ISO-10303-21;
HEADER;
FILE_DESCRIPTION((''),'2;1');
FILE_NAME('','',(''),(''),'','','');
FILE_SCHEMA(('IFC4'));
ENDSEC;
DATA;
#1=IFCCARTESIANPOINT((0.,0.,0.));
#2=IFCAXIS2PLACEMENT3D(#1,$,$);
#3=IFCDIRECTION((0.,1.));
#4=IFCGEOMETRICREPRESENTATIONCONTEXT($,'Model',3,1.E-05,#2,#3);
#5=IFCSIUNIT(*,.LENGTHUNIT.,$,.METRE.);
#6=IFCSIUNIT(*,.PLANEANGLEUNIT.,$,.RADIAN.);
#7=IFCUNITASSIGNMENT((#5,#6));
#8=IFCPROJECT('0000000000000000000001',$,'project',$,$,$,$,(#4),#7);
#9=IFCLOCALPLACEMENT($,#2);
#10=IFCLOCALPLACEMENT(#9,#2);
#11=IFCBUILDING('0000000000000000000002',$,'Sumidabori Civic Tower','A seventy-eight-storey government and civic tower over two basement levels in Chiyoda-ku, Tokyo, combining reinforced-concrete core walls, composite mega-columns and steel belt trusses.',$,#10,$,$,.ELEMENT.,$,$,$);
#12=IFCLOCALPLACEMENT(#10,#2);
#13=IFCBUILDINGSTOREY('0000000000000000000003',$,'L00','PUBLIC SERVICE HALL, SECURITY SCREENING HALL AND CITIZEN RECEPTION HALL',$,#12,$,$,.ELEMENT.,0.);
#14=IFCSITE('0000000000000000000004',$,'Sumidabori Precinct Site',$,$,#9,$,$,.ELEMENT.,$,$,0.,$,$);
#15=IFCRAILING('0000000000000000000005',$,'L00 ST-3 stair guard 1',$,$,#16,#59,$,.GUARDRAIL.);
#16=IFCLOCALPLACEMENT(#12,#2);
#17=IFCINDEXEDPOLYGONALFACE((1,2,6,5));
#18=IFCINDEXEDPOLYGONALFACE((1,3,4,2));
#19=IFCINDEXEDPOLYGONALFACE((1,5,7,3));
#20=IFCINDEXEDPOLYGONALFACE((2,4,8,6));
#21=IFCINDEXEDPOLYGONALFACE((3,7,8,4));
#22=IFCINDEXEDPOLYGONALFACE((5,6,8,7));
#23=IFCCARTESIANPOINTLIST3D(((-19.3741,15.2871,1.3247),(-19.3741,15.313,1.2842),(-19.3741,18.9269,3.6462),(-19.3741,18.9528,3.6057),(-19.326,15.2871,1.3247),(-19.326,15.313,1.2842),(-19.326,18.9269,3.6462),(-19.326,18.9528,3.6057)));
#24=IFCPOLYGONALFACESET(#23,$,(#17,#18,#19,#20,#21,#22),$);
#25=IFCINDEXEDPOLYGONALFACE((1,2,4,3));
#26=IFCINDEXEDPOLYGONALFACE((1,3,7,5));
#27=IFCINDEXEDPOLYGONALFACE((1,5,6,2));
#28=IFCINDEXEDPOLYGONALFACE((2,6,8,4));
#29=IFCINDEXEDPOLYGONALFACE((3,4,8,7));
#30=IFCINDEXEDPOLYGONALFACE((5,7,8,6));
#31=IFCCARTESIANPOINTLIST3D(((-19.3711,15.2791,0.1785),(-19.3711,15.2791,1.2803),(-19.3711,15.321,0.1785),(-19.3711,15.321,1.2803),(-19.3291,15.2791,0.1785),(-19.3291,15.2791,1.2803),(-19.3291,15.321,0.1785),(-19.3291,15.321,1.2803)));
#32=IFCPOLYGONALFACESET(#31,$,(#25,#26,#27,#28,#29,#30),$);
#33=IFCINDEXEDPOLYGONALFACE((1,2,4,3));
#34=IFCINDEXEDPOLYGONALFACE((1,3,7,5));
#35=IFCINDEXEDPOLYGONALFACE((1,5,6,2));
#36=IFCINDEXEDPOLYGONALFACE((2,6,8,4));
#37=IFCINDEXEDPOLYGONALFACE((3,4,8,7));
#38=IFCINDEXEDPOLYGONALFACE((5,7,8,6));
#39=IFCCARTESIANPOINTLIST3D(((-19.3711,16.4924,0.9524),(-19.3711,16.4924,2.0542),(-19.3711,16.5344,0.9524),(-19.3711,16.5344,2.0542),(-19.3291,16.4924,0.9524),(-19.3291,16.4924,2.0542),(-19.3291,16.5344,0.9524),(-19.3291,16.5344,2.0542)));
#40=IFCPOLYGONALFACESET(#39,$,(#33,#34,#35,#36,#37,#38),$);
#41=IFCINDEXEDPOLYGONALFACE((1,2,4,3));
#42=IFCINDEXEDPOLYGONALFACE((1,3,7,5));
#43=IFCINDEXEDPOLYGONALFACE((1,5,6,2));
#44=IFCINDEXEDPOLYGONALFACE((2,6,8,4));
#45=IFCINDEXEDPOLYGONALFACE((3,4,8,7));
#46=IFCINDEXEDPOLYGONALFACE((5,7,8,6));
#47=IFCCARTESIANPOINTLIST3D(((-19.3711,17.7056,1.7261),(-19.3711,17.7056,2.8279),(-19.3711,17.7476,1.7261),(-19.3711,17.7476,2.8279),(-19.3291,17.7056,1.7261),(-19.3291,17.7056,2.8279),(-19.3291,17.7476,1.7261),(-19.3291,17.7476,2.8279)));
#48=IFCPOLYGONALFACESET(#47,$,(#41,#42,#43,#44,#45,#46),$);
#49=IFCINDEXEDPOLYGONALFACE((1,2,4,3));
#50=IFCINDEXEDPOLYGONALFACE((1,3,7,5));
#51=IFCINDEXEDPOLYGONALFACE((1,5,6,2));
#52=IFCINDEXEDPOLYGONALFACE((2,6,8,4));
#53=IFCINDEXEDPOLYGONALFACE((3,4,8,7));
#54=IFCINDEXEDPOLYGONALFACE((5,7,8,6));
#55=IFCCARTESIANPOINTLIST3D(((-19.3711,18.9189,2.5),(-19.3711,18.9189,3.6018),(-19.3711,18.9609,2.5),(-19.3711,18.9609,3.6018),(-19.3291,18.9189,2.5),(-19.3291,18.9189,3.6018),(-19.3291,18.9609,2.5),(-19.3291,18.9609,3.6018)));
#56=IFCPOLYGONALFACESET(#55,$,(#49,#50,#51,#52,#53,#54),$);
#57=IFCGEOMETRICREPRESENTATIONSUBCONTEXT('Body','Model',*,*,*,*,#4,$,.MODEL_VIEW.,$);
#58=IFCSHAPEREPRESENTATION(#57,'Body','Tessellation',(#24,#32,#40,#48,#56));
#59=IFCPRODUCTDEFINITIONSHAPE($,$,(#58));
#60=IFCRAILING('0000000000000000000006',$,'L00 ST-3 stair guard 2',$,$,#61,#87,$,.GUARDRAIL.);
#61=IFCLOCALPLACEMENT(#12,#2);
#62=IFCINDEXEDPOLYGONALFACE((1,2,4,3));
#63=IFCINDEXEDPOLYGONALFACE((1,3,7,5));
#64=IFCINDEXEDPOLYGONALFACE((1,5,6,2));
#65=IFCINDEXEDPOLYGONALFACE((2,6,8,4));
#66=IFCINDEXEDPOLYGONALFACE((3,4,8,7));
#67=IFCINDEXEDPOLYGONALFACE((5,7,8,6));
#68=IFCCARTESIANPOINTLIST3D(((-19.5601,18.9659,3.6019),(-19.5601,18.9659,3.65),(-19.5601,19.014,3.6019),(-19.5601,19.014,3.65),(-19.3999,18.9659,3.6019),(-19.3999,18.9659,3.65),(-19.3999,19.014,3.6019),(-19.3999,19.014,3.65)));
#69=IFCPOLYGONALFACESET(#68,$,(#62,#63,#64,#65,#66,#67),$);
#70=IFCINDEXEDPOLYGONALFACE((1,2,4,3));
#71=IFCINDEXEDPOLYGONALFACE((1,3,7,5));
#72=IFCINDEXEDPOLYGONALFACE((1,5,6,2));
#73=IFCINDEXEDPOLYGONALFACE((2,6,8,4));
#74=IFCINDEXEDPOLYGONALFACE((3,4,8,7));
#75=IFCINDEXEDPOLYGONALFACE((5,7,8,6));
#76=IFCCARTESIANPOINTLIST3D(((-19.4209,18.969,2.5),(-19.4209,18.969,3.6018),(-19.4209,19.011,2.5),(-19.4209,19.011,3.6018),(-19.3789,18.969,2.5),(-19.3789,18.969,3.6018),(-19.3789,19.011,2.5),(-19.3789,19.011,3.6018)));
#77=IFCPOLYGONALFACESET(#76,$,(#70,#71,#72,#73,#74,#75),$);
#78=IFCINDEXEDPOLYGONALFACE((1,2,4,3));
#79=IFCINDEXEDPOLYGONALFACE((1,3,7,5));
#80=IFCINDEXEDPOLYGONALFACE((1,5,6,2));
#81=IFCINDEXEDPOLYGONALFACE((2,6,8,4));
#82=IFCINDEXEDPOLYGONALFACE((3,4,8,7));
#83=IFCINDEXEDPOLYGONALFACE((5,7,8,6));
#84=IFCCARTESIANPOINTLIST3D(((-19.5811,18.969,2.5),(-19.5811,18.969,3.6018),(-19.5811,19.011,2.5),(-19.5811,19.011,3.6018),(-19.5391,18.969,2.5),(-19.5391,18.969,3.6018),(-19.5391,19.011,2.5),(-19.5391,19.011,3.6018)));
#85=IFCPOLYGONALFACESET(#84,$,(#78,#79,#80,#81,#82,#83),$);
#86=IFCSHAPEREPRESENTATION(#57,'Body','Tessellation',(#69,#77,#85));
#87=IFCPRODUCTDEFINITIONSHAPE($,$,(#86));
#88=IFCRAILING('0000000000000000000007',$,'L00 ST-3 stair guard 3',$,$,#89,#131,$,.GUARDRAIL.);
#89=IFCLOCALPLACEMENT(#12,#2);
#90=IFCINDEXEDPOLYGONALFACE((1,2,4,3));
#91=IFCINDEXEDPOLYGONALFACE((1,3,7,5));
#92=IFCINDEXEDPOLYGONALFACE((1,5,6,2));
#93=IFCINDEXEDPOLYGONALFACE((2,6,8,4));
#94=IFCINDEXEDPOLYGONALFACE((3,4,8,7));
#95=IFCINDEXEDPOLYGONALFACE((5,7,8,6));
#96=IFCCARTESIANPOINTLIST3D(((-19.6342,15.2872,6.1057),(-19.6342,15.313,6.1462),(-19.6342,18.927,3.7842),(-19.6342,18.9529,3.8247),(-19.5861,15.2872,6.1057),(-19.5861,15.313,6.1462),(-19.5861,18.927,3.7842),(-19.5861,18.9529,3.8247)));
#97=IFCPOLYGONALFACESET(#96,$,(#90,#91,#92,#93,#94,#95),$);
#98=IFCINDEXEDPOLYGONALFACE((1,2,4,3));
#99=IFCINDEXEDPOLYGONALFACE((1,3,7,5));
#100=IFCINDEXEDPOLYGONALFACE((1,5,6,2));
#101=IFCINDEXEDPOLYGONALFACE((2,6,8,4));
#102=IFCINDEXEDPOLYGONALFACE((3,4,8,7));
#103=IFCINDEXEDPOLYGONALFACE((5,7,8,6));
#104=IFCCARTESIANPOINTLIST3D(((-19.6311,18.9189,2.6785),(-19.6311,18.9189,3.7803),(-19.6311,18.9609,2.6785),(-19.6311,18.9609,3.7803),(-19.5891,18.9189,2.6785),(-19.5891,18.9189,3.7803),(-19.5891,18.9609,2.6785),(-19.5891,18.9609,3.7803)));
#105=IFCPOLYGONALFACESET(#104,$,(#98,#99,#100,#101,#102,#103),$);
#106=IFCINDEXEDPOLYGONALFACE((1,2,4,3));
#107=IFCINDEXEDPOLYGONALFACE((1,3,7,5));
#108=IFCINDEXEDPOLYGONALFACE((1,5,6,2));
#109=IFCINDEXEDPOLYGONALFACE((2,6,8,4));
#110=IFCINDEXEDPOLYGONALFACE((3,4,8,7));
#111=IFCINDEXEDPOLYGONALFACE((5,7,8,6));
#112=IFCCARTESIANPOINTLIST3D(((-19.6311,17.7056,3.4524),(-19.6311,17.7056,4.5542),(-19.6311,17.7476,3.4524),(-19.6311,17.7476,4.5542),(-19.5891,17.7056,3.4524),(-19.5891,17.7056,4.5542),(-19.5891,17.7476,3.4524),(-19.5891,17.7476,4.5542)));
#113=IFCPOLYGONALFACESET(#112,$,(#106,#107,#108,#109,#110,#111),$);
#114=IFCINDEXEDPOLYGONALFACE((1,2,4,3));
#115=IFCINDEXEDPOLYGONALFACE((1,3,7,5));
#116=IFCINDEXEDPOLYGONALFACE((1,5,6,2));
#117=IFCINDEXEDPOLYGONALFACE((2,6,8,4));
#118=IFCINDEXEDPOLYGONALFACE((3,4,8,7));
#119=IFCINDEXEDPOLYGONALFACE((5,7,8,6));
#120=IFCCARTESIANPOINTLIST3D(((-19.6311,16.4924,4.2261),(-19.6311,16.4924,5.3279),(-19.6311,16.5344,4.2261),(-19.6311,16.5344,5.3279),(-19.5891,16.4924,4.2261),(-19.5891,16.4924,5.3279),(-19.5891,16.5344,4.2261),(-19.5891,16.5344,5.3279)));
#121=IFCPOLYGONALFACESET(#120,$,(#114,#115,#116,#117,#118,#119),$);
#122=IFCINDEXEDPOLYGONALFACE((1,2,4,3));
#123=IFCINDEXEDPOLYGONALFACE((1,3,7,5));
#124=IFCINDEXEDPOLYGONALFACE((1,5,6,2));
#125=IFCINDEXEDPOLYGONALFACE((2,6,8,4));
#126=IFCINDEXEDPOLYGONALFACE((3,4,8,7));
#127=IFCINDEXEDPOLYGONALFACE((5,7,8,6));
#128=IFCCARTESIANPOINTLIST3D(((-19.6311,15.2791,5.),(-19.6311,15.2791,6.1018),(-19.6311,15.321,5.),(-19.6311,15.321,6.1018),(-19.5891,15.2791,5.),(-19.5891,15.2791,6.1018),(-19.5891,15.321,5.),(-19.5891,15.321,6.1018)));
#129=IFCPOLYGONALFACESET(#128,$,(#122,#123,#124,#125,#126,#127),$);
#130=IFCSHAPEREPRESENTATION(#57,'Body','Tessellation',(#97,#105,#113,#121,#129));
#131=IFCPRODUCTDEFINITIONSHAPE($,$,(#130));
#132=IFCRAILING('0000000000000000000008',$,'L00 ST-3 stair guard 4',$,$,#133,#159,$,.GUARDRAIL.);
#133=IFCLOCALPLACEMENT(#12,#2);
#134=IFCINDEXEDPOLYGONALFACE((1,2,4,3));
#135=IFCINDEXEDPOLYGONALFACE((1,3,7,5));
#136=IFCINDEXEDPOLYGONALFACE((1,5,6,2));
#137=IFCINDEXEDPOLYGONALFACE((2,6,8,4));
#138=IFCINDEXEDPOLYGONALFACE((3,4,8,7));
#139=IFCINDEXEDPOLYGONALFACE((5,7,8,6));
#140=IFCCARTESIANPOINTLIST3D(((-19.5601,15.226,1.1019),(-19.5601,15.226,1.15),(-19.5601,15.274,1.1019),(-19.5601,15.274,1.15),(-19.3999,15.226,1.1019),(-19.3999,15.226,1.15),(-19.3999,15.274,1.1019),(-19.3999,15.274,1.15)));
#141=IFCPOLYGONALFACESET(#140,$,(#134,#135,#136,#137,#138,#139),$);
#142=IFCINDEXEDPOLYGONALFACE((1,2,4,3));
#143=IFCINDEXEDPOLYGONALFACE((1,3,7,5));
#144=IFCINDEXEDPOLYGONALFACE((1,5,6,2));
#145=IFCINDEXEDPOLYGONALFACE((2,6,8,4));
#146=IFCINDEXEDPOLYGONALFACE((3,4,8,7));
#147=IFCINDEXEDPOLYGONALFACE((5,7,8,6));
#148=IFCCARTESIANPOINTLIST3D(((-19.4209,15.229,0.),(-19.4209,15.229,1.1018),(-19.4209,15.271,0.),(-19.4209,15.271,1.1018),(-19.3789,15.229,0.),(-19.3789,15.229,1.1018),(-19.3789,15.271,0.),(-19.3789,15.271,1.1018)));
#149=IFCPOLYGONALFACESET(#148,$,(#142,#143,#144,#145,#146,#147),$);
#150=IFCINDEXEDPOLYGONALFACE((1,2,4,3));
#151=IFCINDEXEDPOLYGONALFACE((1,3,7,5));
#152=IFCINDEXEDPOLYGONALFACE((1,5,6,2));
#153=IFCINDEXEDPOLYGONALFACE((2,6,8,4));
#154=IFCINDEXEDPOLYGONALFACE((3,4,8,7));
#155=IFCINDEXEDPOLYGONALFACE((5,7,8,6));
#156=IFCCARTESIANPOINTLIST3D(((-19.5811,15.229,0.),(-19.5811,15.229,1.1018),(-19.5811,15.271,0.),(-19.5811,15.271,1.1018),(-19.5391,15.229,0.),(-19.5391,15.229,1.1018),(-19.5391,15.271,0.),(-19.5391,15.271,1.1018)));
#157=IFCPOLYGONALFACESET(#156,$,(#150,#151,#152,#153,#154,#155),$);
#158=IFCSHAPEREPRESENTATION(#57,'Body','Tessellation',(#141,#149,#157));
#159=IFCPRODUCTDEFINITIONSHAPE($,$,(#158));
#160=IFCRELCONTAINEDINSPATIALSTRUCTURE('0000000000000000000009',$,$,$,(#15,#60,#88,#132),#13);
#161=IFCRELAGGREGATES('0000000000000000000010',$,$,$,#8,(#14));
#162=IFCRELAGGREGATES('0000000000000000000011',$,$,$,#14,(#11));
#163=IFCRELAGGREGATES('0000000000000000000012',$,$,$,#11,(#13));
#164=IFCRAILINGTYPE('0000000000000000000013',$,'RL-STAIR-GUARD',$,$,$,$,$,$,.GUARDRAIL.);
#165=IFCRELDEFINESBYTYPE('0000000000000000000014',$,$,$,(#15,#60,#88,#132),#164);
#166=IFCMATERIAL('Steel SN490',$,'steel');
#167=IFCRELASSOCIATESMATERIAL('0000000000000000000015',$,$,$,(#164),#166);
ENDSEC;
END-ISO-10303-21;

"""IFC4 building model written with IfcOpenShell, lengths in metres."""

from ifc_helpers import new_model, si_unit, direction, frame, origin, origin_2d, place, context, subcontext, project, spatial, rectangle, extrude, material, type_object, element, save


model = new_model("IFC4")

# Units and contexts
model_context = context("Model", 3, precision=1e-05, world=origin(), true_north=direction((0.0, 1.0)))
body_context = subcontext(model_context, "Body", "Model", "MODEL_VIEW")
ifc_project = project(units=[si_unit("LENGTHUNIT", "METRE"), si_unit("PLANEANGLEUNIT", "RADIAN")], contexts=[model_context])

# Site, building, storey
site_placement = place(None, origin())
site = spatial("IfcSite", under=ifc_project, at=site_placement, Name="Sumidabori Precinct Site", CompositionType="ELEMENT", RefElevation=0.0)
building_placement = place(site_placement, origin())
building = spatial("IfcBuilding", under=site, at=building_placement, Name="Sumidabori Civic Tower", Description="A seventy-eight-storey government and civic tower over two basement levels in Chiyoda-ku, Tokyo, combining reinforced-concrete core walls, composite mega-columns and steel belt trusses.", CompositionType="ELEMENT")
storey_placement = place(building_placement, origin())
storey = spatial("IfcBuildingStorey", under=building, at=storey_placement, Name="L00", Description="PUBLIC SERVICE HALL, SECURITY SCREENING HALL AND CITIZEN RECEPTION HALL", CompositionType="ELEMENT", Elevation=0.0)

# Shared definitions
ifc_material_1 = material(Name="Steel SN490", Category="steel")

# Railings
railing_type_1 = type_object("IfcRailingType", Name="RL-STAIR-GUARD", PredefinedType="GUARDRAIL", material=ifc_material_1)
railing_1_placement = place(storey_placement, frame((-19.3501, 15.3, 0.1785)))
element("IfcRailing", 1, at=railing_1_placement, inside=storey, type_object=railing_type_1, Name="L00 ST-3 stair guard 1", PredefinedType="GUARDRAIL", context=body_context, shape_type="SweptSolid", body=[
    extrude(rectangle(XDim=0.0481, YDim=0.0481, at=origin_2d()), frame((0.0, 0.0, 1.126), z_axis=(0.0, 0.843112, 0.537739), x_axis=(-1.0, 0.0, 0.0)), (0.0, 0.0, 1.0), 4.3171),
    extrude(rectangle(XDim=0.042, YDim=0.042, at=origin_2d()), origin(), (0.0, 0.0, 1.0), 1.1018),
    extrude(rectangle(XDim=0.042, YDim=0.042, at=origin_2d()), frame((0.0, 1.2134, 0.7739)), (0.0, 0.0, 1.0), 1.1018),
    extrude(rectangle(XDim=0.042, YDim=0.042, at=origin_2d()), frame((0.0, 2.4265, 1.5476)), (0.0, 0.0, 1.0), 1.1018),
    extrude(rectangle(XDim=0.042, YDim=0.042, at=origin_2d()), frame((0.0, 3.6399, 2.3215)), (0.0, 0.0, 1.0), 1.1018),
])
railing_2_placement = place(storey_placement, frame((-19.3999, 18.99, 2.5)))
element("IfcRailing", 2, at=railing_2_placement, inside=storey, type_object=railing_type_1, Name="L00 ST-3 stair guard 2", PredefinedType="GUARDRAIL", context=body_context, shape_type="SweptSolid", body=[
    extrude(rectangle(XDim=0.0481, YDim=0.0481, at=origin_2d()), frame((0.0, 0.0, 1.126), z_axis=(-1.0, 0.0, 0.0), x_axis=(0.0, -1.0, 0.0)), (0.0, 0.0, 1.0), 0.1602),
    extrude(rectangle(XDim=0.042, YDim=0.042, at=origin_2d()), origin(), (0.0, 0.0, 1.0), 1.1018),
    extrude(rectangle(XDim=0.042, YDim=0.042, at=origin_2d()), frame((-0.1602, 0.0, 0.0)), (0.0, 0.0, 1.0), 1.1018),
])
railing_3_placement = place(storey_placement, frame((-19.6101, 18.9399, 2.6785)))
element("IfcRailing", 3, at=railing_3_placement, inside=storey, type_object=railing_type_1, Name="L00 ST-3 stair guard 3", PredefinedType="GUARDRAIL", context=body_context, shape_type="SweptSolid", body=[
    extrude(rectangle(XDim=0.0481, YDim=0.0481, at=origin_2d()), frame((0.0, 0.0, 1.126), z_axis=(0.0, -0.843112, 0.537739), x_axis=(1.0, 0.0, 0.0)), (0.0, 0.0, 1.0), 4.3171),
    extrude(rectangle(XDim=0.042, YDim=0.042, at=origin_2d()), origin(), (0.0, 0.0, 1.0), 1.1018),
    extrude(rectangle(XDim=0.042, YDim=0.042, at=origin_2d()), frame((0.0, -1.2134, 0.7739)), (0.0, 0.0, 1.0), 1.1018),
    extrude(rectangle(XDim=0.042, YDim=0.042, at=origin_2d()), frame((0.0, -2.4265, 1.5476)), (0.0, 0.0, 1.0), 1.1018),
    extrude(rectangle(XDim=0.042, YDim=0.042, at=origin_2d()), frame((0.0, -3.6399, 2.3215)), (0.0, 0.0, 1.0), 1.1018),
])
railing_4_placement = place(storey_placement, frame((-19.3999, 15.25, 0.0)))
element("IfcRailing", 4, at=railing_4_placement, inside=storey, type_object=railing_type_1, Name="L00 ST-3 stair guard 4", PredefinedType="GUARDRAIL", context=body_context, shape_type="SweptSolid", body=[
    extrude(rectangle(XDim=0.0481, YDim=0.0481, at=origin_2d()), frame((0.0, 0.0, 1.126), z_axis=(-1.0, 0.0, 0.0), x_axis=(0.0, -1.0, 0.0)), (0.0, 0.0, 1.0), 0.1602),
    extrude(rectangle(XDim=0.042, YDim=0.042, at=origin_2d()), origin(), (0.0, 0.0, 1.0), 1.1018),
    extrude(rectangle(XDim=0.042, YDim=0.042, at=origin_2d()), frame((-0.1602, 0.0, 0.0)), (0.0, 0.0, 1.0), 1.1018),
])

save(model, "model.ifc")
